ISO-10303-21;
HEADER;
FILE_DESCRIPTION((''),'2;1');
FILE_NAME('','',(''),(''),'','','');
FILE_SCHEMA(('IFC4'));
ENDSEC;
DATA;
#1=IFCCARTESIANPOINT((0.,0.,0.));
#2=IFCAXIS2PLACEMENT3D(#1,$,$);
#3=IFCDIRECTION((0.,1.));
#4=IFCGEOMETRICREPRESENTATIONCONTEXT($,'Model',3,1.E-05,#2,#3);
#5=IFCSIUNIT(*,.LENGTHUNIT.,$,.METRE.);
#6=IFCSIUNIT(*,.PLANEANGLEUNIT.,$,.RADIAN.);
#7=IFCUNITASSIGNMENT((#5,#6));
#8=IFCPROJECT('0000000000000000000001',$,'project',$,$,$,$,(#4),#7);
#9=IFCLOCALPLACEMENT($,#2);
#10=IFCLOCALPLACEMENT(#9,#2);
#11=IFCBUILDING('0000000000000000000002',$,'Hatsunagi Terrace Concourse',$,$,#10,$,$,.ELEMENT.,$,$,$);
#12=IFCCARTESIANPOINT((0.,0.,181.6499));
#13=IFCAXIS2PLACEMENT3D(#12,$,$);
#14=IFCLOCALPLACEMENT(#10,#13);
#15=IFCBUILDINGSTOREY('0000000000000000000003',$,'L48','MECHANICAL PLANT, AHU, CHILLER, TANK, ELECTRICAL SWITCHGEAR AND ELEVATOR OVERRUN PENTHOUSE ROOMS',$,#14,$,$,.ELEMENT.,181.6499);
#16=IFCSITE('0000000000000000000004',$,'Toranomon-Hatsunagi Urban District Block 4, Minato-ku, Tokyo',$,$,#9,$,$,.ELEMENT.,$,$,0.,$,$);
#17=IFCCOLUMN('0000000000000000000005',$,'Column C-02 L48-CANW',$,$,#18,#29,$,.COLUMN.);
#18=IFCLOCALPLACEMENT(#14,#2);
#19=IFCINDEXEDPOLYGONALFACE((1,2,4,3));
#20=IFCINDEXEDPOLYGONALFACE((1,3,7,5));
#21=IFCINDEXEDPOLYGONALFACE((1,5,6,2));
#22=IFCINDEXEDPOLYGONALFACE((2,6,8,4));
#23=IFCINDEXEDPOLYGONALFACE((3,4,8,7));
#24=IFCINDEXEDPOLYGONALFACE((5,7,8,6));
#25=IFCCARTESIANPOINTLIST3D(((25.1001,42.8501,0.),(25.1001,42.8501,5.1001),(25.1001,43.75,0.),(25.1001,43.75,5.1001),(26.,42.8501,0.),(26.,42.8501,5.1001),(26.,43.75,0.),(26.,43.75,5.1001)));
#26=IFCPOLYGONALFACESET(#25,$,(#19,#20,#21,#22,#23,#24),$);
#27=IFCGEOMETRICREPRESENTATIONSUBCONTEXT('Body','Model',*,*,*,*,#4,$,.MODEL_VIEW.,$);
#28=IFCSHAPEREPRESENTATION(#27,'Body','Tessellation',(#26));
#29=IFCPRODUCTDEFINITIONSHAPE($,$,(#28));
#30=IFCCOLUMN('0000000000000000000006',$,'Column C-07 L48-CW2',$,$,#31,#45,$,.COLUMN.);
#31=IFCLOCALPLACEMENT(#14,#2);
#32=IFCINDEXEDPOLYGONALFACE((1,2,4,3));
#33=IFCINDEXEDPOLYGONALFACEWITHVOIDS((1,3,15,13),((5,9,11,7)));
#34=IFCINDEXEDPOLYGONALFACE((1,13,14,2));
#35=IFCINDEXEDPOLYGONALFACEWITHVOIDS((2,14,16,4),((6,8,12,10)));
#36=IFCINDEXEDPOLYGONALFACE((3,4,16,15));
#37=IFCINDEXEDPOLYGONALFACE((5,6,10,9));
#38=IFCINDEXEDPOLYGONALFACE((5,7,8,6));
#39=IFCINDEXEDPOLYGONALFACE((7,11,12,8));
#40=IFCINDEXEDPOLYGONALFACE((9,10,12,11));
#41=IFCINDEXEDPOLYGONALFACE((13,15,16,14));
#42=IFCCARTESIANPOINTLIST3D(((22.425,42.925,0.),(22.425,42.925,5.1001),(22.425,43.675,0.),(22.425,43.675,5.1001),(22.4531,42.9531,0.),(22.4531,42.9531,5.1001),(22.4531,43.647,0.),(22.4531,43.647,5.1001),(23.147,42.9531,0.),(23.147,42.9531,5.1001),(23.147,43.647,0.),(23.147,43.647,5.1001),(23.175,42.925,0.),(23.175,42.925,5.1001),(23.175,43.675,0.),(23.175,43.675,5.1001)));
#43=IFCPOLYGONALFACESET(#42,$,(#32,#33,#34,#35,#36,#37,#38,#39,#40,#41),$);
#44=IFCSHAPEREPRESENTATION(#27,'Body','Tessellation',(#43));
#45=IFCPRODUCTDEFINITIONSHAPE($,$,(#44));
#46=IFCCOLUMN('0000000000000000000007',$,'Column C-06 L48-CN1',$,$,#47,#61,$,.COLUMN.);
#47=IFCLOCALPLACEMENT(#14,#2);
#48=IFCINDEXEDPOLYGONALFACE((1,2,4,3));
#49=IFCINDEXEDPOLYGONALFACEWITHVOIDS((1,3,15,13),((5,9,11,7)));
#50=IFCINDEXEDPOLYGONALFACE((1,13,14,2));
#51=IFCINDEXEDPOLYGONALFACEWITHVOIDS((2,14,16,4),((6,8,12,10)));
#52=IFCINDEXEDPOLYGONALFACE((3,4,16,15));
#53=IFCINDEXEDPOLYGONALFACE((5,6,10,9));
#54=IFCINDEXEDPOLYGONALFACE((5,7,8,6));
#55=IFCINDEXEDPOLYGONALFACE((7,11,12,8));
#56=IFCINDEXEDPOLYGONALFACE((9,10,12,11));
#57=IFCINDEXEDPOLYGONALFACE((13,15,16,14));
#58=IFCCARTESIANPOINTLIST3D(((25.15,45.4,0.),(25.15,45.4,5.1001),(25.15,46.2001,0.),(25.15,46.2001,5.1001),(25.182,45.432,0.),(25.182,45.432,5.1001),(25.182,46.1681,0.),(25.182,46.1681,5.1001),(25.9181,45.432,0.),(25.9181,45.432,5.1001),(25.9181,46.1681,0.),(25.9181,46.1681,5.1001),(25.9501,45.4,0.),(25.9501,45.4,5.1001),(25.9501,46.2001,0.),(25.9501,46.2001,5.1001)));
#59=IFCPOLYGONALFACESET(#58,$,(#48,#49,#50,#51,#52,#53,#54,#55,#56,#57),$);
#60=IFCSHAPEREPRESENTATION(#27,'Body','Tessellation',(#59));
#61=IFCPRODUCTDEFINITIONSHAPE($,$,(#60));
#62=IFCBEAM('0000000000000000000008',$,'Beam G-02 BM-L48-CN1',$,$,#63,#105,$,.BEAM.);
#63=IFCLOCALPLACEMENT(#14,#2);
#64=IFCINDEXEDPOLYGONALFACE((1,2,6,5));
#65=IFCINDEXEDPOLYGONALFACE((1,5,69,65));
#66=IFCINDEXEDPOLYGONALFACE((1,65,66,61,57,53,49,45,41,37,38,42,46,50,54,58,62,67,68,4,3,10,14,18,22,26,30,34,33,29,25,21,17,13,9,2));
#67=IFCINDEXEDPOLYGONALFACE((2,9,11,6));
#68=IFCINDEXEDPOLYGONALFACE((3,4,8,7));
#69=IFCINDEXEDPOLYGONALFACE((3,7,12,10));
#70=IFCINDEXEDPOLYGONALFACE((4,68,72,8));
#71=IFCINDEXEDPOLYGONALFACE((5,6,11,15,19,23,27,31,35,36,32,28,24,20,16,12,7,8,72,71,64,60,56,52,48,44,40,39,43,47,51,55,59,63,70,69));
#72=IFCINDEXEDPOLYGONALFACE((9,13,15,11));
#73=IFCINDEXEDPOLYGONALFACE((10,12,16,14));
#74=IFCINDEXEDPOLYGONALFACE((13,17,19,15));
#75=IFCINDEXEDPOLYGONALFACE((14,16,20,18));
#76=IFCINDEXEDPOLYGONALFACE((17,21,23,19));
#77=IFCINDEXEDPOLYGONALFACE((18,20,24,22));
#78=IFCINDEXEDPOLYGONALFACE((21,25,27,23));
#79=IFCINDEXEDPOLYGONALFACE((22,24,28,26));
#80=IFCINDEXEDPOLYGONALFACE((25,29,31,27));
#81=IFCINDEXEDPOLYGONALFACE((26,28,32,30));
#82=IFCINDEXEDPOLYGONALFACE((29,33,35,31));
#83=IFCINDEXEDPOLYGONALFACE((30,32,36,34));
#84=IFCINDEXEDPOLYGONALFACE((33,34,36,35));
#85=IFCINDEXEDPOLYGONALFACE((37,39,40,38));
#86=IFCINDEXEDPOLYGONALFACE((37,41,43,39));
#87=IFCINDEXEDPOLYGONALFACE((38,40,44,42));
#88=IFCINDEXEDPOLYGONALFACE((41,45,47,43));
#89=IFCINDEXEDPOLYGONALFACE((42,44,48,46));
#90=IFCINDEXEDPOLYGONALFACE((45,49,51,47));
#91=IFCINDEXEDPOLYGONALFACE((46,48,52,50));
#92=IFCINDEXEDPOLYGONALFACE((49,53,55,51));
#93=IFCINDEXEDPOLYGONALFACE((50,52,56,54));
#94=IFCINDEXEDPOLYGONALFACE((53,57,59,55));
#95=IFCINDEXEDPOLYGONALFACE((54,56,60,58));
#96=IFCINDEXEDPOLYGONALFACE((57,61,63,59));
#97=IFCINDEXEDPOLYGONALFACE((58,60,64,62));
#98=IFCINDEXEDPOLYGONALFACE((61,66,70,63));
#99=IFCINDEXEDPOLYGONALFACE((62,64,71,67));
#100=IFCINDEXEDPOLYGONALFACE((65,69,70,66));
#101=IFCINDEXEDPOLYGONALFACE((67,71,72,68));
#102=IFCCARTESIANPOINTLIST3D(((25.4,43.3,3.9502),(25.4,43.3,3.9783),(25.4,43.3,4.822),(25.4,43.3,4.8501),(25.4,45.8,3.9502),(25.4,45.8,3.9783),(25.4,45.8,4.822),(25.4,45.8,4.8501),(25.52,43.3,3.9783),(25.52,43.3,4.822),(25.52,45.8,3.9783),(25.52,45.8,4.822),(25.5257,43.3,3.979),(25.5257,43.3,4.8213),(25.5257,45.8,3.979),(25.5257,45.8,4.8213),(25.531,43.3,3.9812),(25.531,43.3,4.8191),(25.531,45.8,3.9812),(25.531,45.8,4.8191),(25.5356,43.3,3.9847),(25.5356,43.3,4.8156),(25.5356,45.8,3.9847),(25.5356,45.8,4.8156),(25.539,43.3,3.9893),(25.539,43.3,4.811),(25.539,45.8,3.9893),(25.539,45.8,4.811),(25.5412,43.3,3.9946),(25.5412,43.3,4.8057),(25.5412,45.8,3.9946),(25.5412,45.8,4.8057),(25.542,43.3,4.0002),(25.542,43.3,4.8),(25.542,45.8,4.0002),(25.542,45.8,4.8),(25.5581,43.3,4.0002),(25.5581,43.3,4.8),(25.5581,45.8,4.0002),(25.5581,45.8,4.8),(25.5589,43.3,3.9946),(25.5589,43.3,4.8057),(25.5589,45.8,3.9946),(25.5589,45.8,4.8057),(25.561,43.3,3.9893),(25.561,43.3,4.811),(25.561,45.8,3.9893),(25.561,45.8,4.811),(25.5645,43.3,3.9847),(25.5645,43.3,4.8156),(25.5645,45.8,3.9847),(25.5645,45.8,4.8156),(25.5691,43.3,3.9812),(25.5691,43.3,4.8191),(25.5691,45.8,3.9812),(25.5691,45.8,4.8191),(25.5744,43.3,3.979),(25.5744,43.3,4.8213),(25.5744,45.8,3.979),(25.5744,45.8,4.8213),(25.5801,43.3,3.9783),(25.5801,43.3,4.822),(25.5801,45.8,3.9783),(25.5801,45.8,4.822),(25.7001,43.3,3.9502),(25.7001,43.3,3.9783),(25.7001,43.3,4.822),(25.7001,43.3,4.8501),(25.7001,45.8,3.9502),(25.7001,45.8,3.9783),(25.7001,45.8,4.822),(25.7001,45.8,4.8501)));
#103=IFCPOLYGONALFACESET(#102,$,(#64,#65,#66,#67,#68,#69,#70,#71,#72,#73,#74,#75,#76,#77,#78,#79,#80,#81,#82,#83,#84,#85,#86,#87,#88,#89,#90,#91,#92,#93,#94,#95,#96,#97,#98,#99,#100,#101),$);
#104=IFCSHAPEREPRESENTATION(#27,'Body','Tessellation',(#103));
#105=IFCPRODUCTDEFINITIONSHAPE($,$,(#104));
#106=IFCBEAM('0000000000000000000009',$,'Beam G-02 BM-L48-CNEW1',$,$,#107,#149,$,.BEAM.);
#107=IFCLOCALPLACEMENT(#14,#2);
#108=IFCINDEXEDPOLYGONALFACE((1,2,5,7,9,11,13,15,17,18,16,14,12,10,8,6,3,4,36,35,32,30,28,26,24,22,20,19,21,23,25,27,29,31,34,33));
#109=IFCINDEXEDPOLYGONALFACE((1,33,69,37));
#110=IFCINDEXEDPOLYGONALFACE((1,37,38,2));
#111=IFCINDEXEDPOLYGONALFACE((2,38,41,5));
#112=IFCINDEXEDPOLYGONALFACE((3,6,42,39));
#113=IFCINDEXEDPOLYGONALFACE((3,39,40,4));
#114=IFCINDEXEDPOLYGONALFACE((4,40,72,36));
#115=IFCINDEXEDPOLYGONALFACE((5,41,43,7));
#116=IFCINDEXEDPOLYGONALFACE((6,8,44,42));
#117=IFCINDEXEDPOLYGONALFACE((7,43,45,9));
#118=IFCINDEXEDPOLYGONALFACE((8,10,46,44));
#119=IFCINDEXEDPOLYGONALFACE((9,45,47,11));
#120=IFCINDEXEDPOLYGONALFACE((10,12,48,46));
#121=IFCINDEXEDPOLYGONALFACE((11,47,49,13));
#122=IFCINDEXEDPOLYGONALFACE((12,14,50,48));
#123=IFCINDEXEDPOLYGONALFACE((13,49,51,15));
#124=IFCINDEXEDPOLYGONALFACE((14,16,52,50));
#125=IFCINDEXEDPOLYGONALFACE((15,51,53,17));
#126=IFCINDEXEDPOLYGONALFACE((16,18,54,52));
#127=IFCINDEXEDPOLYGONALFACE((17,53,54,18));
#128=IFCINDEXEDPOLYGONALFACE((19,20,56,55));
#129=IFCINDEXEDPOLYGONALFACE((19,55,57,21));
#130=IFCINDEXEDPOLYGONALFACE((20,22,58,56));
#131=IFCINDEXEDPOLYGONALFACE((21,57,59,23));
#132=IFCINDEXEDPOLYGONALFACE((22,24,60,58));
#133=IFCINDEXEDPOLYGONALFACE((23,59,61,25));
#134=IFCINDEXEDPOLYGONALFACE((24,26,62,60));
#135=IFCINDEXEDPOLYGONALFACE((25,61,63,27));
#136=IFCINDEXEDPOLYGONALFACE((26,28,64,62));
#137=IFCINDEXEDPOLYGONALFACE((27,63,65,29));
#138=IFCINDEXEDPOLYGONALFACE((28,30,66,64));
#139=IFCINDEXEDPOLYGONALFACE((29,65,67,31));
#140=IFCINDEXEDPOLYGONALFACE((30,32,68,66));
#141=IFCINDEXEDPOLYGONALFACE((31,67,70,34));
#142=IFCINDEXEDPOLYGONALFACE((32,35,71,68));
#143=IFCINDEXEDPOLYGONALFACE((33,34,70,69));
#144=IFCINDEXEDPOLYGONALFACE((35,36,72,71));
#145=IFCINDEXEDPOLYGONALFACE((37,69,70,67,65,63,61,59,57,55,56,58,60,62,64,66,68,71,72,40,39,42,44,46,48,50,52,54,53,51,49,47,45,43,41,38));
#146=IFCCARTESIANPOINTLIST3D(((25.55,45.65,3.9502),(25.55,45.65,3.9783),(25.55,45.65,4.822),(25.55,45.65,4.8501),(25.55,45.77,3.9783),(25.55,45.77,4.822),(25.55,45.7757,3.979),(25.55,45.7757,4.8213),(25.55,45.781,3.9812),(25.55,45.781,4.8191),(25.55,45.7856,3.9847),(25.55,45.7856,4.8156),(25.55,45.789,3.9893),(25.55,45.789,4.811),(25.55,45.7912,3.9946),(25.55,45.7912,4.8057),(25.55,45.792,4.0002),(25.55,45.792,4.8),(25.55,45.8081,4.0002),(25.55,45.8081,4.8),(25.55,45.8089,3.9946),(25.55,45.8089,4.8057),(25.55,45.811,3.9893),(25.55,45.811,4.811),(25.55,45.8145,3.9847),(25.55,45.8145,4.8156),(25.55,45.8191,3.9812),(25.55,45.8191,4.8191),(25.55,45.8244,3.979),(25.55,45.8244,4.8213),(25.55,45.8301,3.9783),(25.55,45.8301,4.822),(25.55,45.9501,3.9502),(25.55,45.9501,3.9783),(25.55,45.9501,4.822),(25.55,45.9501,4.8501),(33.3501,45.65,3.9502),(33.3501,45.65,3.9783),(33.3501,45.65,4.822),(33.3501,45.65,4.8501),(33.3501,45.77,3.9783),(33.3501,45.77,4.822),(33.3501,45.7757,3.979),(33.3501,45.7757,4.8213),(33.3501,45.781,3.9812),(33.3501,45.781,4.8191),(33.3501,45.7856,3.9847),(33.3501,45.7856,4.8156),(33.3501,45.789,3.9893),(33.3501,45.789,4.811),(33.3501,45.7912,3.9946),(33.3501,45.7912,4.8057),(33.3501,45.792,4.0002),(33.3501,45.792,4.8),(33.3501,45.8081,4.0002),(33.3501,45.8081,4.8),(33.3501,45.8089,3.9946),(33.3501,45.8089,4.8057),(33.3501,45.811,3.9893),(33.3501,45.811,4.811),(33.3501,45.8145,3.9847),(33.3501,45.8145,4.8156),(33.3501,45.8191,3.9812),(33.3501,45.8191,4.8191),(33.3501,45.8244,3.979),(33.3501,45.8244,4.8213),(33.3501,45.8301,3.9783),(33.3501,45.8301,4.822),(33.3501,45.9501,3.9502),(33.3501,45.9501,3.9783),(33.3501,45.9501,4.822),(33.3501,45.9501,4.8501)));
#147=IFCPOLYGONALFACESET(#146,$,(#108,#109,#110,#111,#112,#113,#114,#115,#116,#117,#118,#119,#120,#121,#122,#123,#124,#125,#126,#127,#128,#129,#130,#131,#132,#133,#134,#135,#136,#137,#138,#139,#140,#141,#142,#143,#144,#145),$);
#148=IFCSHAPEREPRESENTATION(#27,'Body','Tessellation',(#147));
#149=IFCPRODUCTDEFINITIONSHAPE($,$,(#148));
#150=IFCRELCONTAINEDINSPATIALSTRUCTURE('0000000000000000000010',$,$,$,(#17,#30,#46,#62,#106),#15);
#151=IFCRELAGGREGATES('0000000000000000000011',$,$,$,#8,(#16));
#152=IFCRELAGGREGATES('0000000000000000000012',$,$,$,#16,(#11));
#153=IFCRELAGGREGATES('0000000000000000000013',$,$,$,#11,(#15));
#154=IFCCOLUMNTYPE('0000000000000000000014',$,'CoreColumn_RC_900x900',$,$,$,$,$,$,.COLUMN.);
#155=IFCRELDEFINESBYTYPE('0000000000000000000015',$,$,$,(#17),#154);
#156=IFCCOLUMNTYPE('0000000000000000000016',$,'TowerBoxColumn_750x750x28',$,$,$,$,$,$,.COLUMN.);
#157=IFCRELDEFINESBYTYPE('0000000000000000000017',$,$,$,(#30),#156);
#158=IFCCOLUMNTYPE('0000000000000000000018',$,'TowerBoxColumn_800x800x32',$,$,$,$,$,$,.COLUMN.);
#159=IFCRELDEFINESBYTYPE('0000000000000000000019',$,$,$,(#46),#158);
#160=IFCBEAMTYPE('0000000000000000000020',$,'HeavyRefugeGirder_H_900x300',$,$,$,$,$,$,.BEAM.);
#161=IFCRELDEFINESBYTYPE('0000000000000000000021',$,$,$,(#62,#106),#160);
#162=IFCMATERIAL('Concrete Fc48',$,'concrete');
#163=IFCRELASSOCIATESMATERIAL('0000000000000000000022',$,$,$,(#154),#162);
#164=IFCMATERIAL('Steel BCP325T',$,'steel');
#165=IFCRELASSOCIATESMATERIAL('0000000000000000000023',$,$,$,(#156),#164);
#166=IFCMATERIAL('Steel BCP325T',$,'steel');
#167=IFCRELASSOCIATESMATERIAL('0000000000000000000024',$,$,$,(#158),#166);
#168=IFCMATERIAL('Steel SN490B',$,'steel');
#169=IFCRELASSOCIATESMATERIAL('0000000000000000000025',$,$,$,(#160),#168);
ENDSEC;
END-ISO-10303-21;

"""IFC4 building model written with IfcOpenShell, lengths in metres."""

from ifc_helpers import new_model, si_unit, direction, frame, origin, origin_2d, place, context, subcontext, project, spatial, rectangle, hollow_rectangle, i_section, extrude, material, material_profile, profile_set, type_object, element, save


model = new_model("IFC4")

# Units and contexts
model_context = context("Model", 3, precision=1e-05, world=origin(), true_north=direction((0.0, 1.0)))
body_context = subcontext(model_context, "Body", "Model", "MODEL_VIEW")
ifc_project = project(units=[si_unit("LENGTHUNIT", "METRE"), si_unit("PLANEANGLEUNIT", "RADIAN")], contexts=[model_context])

# Site, building, storey
site_placement = place(None, origin())
site = spatial("IfcSite", under=ifc_project, at=site_placement, Name="Toranomon-Hatsunagi Urban District Block 4, Minato-ku, Tokyo", CompositionType="ELEMENT", RefElevation=0.0)
building_placement = place(site_placement, origin())
building = spatial("IfcBuilding", under=site, at=building_placement, Name="Hatsunagi Terrace Concourse", CompositionType="ELEMENT")
storey_placement = place(building_placement, frame((0.0, 0.0, 181.6499)))
storey = spatial("IfcBuildingStorey", under=building, at=storey_placement, Name="L48", Description="MECHANICAL PLANT, AHU, CHILLER, TANK, ELECTRICAL SWITCHGEAR AND ELEVATOR OVERRUN PENTHOUSE ROOMS", CompositionType="ELEMENT", Elevation=181.6499)

# Columns
ifc_material_1 = material(Name="Concrete Fc48", Category="concrete")
ifc_material_profile_1 = material_profile(ifc_material_1, rectangle(XDim=0.8999, YDim=0.8999, at=origin_2d()), Name="RC-900x900")
ifc_profile_set_1 = profile_set([ifc_material_profile_1], Name="Concrete Fc48")
column_type_1 = type_object("IfcColumnType", Name="CoreColumn_RC_900x900", PredefinedType="COLUMN", material=ifc_profile_set_1)
column_1_placement = place(storey_placement, frame((25.55, 43.3, 0.0), z_axis=(0.0, 0.0, 1.0), x_axis=(1.0, 0.0, 0.0)))
element("IfcColumn", 1, at=column_1_placement, inside=storey, type_object=column_type_1, Name="Column C-02 L48-CANW", PredefinedType="COLUMN", context=body_context, shape_type="SweptSolid", body=[
    extrude(rectangle(XDim=0.8999, YDim=0.8999, at=origin_2d()), origin(), (0.0, 0.0, 1.0), 5.1001),
])
ifc_material_2 = material(Name="Steel BCP325T", Category="steel")
ifc_material_profile_2 = material_profile(ifc_material_2, hollow_rectangle(XDim=0.75, YDim=0.75, WallThickness=0.0281, at=origin_2d()), Name="BCP-750x750x28")
ifc_profile_set_2 = profile_set([ifc_material_profile_2], Name="Steel BCP325T")
column_type_2 = type_object("IfcColumnType", Name="TowerBoxColumn_750x750x28", PredefinedType="COLUMN", material=ifc_profile_set_2)
column_2_placement = place(storey_placement, frame((22.8, 43.3, 0.0), z_axis=(0.0, 0.0, 1.0), x_axis=(1.0, 0.0, 0.0)))
element("IfcColumn", 2, at=column_2_placement, inside=storey, type_object=column_type_2, Name="Column C-07 L48-CW2", PredefinedType="COLUMN", context=body_context, shape_type="SweptSolid", body=[
    extrude(hollow_rectangle(XDim=0.75, YDim=0.75, WallThickness=0.0281, at=origin_2d()), origin(), (0.0, 0.0, 1.0), 5.1001),
])
ifc_material_3 = material(Name="Steel BCP325T", Category="steel")
ifc_material_profile_3 = material_profile(ifc_material_3, hollow_rectangle(XDim=0.8, YDim=0.8, WallThickness=0.032, at=origin_2d()), Name="BCP-800x800x32")
ifc_profile_set_3 = profile_set([ifc_material_profile_3], Name="Steel BCP325T")
column_type_3 = type_object("IfcColumnType", Name="TowerBoxColumn_800x800x32", PredefinedType="COLUMN", material=ifc_profile_set_3)
column_3_placement = place(storey_placement, frame((25.55, 45.8, 0.0), z_axis=(0.0, 0.0, 1.0), x_axis=(1.0, 0.0, 0.0)))
element("IfcColumn", 3, at=column_3_placement, inside=storey, type_object=column_type_3, Name="Column C-06 L48-CN1", PredefinedType="COLUMN", context=body_context, shape_type="SweptSolid", body=[
    extrude(hollow_rectangle(XDim=0.8, YDim=0.8, WallThickness=0.032, at=origin_2d()), origin(), (0.0, 0.0, 1.0), 5.1001),
])

# Beams
ifc_material_4 = material(Name="Steel SN490B", Category="steel")
ifc_material_profile_4 = material_profile(ifc_material_4, i_section(OverallWidth=0.3, OverallDepth=0.8999, WebThickness=0.0161, FlangeThickness=0.0281, FilletRadius=0.022, at=origin_2d()), Name="H-900x300x16x28")
ifc_profile_set_4 = profile_set([ifc_material_profile_4], Name="Steel SN490B")
beam_type = type_object("IfcBeamType", Name="HeavyRefugeGirder_H_900x300", PredefinedType="BEAM", material=ifc_profile_set_4)
beam_1_placement = place(storey_placement, frame((25.55, 43.3, 4.4001), z_axis=(0.0, 1.0, 0.0), x_axis=(-1.0, 0.0, 0.0)))
element("IfcBeam", 4, at=beam_1_placement, inside=storey, type_object=beam_type, Name="Beam G-02 BM-L48-CN1", PredefinedType="BEAM", context=body_context, shape_type="SweptSolid", body=[
    extrude(i_section(OverallWidth=0.3, OverallDepth=0.8999, WebThickness=0.0161, FlangeThickness=0.0281, FilletRadius=0.022, at=origin_2d()), origin(), (0.0, 0.0, 1.0), 2.5),
])
beam_2_placement = place(storey_placement, frame((25.55, 45.8, 4.4001), z_axis=(1.0, 0.0, 0.0), x_axis=(0.0, 1.0, 0.0)))
element("IfcBeam", 5, at=beam_2_placement, inside=storey, type_object=beam_type, Name="Beam G-02 BM-L48-CNEW1", PredefinedType="BEAM", context=body_context, shape_type="SweptSolid", body=[
    extrude(i_section(OverallWidth=0.3, OverallDepth=0.8999, WebThickness=0.0161, FlangeThickness=0.0281, FilletRadius=0.022, at=origin_2d()), origin(), (0.0, 0.0, 1.0), 7.8),
])

save(model, "model.ifc")
